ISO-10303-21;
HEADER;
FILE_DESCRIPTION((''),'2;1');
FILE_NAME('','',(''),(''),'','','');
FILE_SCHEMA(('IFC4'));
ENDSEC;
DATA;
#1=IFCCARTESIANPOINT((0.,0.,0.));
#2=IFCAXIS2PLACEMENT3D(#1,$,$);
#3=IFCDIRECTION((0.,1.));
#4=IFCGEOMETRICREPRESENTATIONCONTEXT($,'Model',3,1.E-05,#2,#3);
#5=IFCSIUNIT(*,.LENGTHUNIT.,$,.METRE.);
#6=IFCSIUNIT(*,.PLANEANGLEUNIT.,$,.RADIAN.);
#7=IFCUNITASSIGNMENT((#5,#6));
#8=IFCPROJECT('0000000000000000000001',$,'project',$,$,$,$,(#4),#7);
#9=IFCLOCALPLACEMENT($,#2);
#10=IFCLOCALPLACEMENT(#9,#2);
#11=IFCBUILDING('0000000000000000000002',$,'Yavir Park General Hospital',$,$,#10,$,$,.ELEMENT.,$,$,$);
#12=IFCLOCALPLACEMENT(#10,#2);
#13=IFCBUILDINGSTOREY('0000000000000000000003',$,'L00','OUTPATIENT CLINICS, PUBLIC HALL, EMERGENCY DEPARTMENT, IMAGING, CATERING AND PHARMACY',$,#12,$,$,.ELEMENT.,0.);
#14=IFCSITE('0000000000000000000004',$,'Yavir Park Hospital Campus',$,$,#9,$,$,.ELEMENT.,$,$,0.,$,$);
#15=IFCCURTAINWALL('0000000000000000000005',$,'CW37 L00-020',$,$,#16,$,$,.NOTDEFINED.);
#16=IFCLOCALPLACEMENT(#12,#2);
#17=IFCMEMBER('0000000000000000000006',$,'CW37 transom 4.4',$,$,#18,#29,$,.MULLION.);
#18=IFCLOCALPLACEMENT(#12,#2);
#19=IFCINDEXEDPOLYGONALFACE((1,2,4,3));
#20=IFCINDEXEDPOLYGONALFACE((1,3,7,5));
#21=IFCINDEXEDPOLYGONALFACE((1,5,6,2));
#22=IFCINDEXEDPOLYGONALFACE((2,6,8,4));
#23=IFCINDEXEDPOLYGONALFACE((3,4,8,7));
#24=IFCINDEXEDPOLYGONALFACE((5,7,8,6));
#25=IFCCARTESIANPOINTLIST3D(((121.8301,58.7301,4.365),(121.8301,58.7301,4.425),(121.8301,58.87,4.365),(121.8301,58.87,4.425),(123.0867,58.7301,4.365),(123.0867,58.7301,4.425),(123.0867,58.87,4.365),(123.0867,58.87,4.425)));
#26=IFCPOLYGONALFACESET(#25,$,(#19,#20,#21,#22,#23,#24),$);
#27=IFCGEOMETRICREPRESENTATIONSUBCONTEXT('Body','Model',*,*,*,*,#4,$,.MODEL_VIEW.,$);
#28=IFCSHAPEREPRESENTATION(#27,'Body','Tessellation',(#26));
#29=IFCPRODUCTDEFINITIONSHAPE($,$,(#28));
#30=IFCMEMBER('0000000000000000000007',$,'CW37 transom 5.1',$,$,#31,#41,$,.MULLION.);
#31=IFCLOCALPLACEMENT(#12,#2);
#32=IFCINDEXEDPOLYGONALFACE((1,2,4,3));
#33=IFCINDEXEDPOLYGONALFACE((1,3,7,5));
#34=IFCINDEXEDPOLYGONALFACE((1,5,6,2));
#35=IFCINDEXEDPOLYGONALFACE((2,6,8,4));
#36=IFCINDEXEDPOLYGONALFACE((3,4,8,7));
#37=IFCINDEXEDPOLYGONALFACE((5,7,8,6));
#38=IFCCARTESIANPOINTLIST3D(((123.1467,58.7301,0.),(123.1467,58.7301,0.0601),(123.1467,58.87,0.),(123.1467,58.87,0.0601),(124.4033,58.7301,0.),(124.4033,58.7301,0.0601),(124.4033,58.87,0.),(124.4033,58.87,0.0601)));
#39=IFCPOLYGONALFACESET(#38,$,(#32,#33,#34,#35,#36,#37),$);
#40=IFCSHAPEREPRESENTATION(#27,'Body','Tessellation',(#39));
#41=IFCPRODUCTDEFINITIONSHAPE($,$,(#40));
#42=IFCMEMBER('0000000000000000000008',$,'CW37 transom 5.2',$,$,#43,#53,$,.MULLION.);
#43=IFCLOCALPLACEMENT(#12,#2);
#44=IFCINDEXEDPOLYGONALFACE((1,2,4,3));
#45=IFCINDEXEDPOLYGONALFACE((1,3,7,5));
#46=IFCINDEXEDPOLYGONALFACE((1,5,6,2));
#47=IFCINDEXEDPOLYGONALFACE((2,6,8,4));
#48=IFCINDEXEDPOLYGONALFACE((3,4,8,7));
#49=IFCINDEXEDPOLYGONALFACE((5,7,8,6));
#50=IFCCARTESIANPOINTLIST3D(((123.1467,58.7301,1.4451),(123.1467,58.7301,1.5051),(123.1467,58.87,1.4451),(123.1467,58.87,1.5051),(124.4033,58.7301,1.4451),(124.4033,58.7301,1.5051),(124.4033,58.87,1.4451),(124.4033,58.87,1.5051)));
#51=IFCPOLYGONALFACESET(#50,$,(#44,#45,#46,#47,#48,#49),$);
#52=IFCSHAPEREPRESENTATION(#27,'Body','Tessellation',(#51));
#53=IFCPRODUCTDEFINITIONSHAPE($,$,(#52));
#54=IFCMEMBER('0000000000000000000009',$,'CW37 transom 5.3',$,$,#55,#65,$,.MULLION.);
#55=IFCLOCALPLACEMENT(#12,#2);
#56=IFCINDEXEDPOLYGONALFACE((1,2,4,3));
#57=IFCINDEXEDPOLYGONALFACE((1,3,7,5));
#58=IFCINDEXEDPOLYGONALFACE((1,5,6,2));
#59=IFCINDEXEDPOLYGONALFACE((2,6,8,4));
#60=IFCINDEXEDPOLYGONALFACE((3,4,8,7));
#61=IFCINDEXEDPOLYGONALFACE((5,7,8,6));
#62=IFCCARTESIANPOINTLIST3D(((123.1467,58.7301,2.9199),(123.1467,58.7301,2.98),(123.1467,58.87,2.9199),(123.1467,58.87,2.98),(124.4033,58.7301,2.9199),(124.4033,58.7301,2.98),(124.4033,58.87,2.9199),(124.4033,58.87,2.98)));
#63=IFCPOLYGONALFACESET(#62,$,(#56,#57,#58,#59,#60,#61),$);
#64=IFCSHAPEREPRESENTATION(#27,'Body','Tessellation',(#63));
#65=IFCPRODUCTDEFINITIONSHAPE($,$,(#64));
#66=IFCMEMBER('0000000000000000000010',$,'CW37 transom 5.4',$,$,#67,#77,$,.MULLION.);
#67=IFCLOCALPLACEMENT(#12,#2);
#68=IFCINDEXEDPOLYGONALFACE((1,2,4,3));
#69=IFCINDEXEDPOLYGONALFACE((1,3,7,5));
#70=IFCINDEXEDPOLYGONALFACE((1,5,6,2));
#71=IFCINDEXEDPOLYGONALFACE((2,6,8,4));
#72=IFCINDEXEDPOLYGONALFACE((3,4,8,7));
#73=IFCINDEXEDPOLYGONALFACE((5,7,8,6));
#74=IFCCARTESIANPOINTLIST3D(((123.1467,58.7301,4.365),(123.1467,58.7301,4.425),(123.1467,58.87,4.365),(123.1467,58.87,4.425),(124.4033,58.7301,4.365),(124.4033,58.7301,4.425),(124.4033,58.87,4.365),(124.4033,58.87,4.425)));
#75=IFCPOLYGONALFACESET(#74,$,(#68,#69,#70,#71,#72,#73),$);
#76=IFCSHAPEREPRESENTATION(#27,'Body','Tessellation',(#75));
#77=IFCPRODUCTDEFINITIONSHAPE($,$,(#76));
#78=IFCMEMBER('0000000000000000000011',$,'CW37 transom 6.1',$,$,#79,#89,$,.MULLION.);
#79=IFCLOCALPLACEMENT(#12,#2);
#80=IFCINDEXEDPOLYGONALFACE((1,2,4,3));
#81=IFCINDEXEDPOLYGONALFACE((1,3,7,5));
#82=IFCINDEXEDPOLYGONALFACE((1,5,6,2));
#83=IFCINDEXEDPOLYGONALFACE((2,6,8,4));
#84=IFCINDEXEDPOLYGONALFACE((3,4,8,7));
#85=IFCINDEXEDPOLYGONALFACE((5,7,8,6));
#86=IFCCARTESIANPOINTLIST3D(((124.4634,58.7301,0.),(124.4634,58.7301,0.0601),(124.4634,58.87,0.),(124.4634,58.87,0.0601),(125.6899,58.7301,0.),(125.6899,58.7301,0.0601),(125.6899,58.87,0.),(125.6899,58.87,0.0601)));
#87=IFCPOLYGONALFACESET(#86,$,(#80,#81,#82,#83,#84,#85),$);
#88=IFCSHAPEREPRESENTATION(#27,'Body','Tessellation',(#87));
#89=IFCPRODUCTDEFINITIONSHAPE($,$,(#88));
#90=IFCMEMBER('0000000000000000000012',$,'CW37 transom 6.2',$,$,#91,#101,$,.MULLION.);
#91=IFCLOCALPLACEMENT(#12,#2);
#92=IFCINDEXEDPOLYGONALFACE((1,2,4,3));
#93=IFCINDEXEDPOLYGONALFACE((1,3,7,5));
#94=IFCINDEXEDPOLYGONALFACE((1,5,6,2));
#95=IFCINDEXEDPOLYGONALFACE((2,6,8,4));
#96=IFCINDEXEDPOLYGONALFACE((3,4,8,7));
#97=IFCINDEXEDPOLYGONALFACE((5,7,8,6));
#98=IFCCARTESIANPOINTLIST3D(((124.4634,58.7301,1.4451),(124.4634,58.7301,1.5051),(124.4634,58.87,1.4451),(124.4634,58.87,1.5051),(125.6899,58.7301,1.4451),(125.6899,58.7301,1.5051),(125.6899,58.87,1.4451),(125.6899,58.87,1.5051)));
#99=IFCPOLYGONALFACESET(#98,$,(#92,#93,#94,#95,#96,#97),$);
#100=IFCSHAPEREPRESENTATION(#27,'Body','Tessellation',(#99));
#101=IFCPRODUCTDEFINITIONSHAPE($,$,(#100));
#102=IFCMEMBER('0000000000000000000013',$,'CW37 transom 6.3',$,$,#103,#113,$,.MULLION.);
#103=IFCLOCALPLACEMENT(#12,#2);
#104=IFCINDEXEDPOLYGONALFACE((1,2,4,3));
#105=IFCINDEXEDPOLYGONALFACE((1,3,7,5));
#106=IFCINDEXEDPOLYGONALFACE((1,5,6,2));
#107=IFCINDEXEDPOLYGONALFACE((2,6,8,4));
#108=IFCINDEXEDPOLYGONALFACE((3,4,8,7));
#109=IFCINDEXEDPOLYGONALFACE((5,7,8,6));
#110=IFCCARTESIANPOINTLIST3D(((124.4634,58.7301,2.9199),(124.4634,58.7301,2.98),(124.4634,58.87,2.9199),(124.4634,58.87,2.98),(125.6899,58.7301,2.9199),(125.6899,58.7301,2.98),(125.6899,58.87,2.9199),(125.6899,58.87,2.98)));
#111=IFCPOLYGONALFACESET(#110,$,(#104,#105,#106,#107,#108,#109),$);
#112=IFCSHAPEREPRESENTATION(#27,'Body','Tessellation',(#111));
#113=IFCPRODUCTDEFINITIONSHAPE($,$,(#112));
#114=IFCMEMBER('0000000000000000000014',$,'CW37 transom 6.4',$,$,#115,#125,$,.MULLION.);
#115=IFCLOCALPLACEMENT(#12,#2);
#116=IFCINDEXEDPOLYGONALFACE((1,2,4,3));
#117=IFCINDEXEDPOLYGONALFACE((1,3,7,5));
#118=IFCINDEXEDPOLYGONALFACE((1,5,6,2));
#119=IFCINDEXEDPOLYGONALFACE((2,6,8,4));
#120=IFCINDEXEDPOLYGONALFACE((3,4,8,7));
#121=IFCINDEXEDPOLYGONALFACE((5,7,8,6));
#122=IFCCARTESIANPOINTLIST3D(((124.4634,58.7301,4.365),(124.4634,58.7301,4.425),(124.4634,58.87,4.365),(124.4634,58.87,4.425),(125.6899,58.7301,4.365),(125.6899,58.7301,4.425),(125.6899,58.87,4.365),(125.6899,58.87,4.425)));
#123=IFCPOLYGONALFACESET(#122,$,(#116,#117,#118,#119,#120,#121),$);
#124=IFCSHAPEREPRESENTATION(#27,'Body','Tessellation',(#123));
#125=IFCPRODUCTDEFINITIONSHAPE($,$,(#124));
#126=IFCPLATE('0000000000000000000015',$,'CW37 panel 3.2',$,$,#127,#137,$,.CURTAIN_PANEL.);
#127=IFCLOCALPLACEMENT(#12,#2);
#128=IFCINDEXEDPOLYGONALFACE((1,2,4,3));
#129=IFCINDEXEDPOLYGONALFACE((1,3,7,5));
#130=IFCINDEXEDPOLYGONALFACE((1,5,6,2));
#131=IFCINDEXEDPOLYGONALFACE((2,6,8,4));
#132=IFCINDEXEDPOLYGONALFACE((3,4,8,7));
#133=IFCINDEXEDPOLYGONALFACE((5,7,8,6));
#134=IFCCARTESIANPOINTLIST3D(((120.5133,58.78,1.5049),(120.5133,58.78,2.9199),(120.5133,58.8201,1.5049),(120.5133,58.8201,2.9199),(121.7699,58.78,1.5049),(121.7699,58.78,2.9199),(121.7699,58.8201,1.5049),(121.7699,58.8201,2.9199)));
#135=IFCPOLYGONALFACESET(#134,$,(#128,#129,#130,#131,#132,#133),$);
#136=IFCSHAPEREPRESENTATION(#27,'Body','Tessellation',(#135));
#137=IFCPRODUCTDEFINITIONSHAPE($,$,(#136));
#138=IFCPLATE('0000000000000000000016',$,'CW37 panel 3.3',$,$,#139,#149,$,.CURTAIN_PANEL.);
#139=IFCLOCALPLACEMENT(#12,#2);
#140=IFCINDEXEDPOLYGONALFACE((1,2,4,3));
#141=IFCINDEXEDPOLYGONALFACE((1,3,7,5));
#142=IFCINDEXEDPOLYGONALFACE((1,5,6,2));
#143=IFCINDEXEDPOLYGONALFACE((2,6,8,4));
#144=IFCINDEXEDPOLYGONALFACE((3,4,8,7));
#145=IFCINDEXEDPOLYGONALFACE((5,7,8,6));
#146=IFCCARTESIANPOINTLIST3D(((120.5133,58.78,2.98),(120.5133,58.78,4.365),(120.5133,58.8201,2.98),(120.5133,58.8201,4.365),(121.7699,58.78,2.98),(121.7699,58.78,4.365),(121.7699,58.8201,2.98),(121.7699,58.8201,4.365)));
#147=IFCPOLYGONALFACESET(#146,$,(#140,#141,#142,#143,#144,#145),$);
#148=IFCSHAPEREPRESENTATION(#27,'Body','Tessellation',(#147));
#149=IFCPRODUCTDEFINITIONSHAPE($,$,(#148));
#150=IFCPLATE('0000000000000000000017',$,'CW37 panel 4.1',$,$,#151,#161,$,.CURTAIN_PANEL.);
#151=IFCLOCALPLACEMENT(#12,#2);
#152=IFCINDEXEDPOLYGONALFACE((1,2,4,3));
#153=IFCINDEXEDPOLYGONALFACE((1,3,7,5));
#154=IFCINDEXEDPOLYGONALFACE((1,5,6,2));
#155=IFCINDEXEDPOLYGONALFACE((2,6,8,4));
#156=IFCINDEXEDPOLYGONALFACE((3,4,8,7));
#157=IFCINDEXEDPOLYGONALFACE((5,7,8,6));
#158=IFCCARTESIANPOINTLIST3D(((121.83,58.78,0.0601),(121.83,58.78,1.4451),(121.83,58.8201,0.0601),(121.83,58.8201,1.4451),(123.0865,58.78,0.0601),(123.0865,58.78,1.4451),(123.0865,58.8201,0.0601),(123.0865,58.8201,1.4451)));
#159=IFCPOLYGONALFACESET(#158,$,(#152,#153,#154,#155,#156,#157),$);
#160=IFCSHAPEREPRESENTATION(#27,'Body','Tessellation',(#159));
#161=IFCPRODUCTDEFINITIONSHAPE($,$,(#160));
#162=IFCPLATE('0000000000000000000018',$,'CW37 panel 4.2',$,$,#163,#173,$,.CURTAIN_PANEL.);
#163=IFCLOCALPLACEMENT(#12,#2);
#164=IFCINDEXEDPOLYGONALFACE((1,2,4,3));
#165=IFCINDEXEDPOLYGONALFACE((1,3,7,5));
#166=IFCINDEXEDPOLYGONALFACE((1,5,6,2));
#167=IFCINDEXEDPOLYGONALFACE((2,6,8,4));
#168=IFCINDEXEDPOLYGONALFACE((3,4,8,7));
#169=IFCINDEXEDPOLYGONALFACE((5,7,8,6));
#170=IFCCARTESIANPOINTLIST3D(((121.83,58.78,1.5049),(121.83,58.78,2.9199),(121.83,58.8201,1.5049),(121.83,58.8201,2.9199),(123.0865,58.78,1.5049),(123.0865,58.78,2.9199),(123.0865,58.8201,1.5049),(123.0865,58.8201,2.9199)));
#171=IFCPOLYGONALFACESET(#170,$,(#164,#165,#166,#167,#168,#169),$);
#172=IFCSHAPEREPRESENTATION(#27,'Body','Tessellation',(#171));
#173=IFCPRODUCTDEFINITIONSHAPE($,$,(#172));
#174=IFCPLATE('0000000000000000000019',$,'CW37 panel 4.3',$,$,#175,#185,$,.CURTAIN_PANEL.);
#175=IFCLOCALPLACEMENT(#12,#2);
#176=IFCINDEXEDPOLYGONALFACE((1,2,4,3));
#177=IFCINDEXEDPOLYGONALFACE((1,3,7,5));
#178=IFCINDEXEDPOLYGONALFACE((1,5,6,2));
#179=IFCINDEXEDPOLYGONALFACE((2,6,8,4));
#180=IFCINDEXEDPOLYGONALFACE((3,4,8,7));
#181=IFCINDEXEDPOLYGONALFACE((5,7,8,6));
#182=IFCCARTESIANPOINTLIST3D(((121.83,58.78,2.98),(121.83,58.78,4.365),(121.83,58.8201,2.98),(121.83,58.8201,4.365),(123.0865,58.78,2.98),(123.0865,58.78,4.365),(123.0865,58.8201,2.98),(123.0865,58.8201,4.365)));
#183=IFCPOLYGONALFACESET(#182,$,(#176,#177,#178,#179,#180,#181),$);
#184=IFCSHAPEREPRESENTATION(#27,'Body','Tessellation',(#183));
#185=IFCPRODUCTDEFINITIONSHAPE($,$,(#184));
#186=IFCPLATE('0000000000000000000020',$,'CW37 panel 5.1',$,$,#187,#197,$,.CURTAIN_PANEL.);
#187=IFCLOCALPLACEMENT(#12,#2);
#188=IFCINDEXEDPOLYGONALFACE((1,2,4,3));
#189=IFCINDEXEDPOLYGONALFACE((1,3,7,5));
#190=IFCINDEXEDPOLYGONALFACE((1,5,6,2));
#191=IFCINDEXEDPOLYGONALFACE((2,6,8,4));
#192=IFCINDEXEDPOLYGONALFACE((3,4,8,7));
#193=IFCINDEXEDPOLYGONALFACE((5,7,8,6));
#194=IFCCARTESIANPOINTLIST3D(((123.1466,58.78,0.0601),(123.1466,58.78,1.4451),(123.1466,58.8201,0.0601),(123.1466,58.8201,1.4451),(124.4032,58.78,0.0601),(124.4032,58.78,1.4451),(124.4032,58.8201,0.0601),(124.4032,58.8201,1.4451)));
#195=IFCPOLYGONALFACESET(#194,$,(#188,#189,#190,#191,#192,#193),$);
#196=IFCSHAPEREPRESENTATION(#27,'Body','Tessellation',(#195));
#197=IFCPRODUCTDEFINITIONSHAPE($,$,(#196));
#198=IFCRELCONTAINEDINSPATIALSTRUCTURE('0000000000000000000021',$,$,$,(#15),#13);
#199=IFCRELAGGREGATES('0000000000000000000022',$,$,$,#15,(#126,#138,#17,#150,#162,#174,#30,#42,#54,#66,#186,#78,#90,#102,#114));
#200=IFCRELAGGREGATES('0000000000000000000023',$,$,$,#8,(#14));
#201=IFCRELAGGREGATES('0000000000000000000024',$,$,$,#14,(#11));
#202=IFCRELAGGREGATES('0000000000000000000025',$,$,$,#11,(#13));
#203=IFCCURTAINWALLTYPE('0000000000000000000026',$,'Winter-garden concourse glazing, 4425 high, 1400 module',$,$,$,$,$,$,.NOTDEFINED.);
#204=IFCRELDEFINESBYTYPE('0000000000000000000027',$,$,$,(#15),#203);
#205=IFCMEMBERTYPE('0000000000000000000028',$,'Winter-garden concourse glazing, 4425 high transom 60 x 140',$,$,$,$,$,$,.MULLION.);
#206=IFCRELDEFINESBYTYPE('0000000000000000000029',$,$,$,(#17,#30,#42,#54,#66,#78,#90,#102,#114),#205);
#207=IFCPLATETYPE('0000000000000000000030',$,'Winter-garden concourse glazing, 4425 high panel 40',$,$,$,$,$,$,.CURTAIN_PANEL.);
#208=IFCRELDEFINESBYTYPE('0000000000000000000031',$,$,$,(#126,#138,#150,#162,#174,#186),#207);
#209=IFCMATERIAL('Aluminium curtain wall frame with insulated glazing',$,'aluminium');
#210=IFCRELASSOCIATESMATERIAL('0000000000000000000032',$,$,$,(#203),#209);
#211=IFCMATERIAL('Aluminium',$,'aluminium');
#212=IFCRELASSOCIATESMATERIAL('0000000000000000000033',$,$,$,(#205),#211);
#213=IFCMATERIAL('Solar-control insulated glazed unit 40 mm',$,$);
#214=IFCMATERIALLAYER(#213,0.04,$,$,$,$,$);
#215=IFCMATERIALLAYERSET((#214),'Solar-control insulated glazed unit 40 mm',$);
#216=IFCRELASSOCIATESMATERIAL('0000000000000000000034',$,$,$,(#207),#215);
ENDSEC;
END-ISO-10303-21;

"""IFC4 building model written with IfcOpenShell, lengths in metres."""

from ifc_helpers import new_model, si_unit, direction, frame, origin, origin_2d, place, context, subcontext, project, spatial, rectangle, extrude, material, layer, layer_set, material_profile, profile_set, type_object, element, aggregate, save


model = new_model("IFC4")

# Units and contexts
model_context = context("Model", 3, precision=1e-05, world=origin(), true_north=direction((0.0, 1.0)))
body_context = subcontext(model_context, "Body", "Model", "MODEL_VIEW")
ifc_project = project(units=[si_unit("LENGTHUNIT", "METRE"), si_unit("PLANEANGLEUNIT", "RADIAN")], contexts=[model_context])

# Site, building, storey
site_placement = place(None, origin())
site = spatial("IfcSite", under=ifc_project, at=site_placement, Name="Yavir Park Hospital Campus", CompositionType="ELEMENT", RefElevation=0.0)
building_placement = place(site_placement, origin())
building = spatial("IfcBuilding", under=site, at=building_placement, Name="Yavir Park General Hospital", CompositionType="ELEMENT")
storey_placement = place(building_placement, origin())
storey = spatial("IfcBuildingStorey", under=building, at=storey_placement, Name="L00", Description="OUTPATIENT CLINICS, PUBLIC HALL, EMERGENCY DEPARTMENT, IMAGING, CATERING AND PHARMACY", CompositionType="ELEMENT", Elevation=0.0)

# Curtain wall, members, plates
ifc_material_1 = material(Name="Aluminium curtain wall frame with insulated glazing", Category="aluminium")
curtain_wall_type = type_object("IfcCurtainWallType", Name="Winter-garden concourse glazing, 4425 high, 1400 module", PredefinedType="NOTDEFINED", material=ifc_material_1)
curtain_wall_placement = place(storey_placement, origin())
curtain_wall = element("IfcCurtainWall", 1, at=curtain_wall_placement, inside=storey, type_object=curtain_wall_type, Name="CW37 L00-020", PredefinedType="NOTDEFINED")
ifc_material_2 = material(Name="Aluminium", Category="aluminium")
ifc_material_profile_1 = material_profile(ifc_material_2, rectangle(XDim=0.1399, YDim=0.0601, at=origin_2d()), Name="AL 140x60")
ifc_profile_set_1 = profile_set([ifc_material_profile_1], Name="Aluminium")
member_type_1 = type_object("IfcMemberType", Name="Winter-garden concourse glazing, 4425 high transom 60 x 140", PredefinedType="MULLION", material=ifc_profile_set_1)
member_1_placement = place(storey_placement, frame((121.8301, 58.8, 4.395), z_axis=(1.0, 0.0, 0.0), x_axis=(0.0, 1.0, 0.0)))
member_1 = element("IfcMember", 2, at=member_1_placement, type_object=member_type_1, Name="CW37 transom 4.4", PredefinedType="MULLION", context=body_context, shape_type="SweptSolid", body=[
    extrude(rectangle(XDim=0.1399, YDim=0.0601, at=origin_2d()), origin(), (0.0, 0.0, 1.0), 1.2566),
])
member_2_placement = place(storey_placement, frame((123.1467, 58.8, 0.03), z_axis=(1.0, 0.0, 0.0), x_axis=(0.0, 1.0, 0.0)))
member_2 = element("IfcMember", 3, at=member_2_placement, type_object=member_type_1, Name="CW37 transom 5.1", PredefinedType="MULLION", context=body_context, shape_type="SweptSolid", body=[
    extrude(rectangle(XDim=0.1399, YDim=0.0601, at=origin_2d()), origin(), (0.0, 0.0, 1.0), 1.2566),
])
member_3_placement = place(storey_placement, frame((123.1467, 58.8, 1.4751), z_axis=(1.0, 0.0, 0.0), x_axis=(0.0, 1.0, 0.0)))
member_3 = element("IfcMember", 4, at=member_3_placement, type_object=member_type_1, Name="CW37 transom 5.2", PredefinedType="MULLION", context=body_context, shape_type="SweptSolid", body=[
    extrude(rectangle(XDim=0.1399, YDim=0.0601, at=origin_2d()), origin(), (0.0, 0.0, 1.0), 1.2566),
])
member_4_placement = place(storey_placement, frame((123.1467, 58.8, 2.95), z_axis=(1.0, 0.0, 0.0), x_axis=(0.0, 1.0, 0.0)))
member_4 = element("IfcMember", 5, at=member_4_placement, type_object=member_type_1, Name="CW37 transom 5.3", PredefinedType="MULLION", context=body_context, shape_type="SweptSolid", body=[
    extrude(rectangle(XDim=0.1399, YDim=0.0601, at=origin_2d()), origin(), (0.0, 0.0, 1.0), 1.2566),
])
member_5_placement = place(storey_placement, frame((123.1467, 58.8, 4.395), z_axis=(1.0, 0.0, 0.0), x_axis=(0.0, 1.0, 0.0)))
member_5 = element("IfcMember", 6, at=member_5_placement, type_object=member_type_1, Name="CW37 transom 5.4", PredefinedType="MULLION", context=body_context, shape_type="SweptSolid", body=[
    extrude(rectangle(XDim=0.1399, YDim=0.0601, at=origin_2d()), origin(), (0.0, 0.0, 1.0), 1.2566),
])
member_6_placement = place(storey_placement, frame((124.4634, 58.8, 0.03), z_axis=(1.0, 0.0, 0.0), x_axis=(0.0, 1.0, 0.0)))
member_6 = element("IfcMember", 7, at=member_6_placement, type_object=member_type_1, Name="CW37 transom 6.1", PredefinedType="MULLION", context=body_context, shape_type="SweptSolid", body=[
    extrude(rectangle(XDim=0.1399, YDim=0.0601, at=origin_2d()), origin(), (0.0, 0.0, 1.0), 1.2266),
])
member_7_placement = place(storey_placement, frame((124.4634, 58.8, 1.4751), z_axis=(1.0, 0.0, 0.0), x_axis=(0.0, 1.0, 0.0)))
member_7 = element("IfcMember", 8, at=member_7_placement, type_object=member_type_1, Name="CW37 transom 6.2", PredefinedType="MULLION", context=body_context, shape_type="SweptSolid", body=[
    extrude(rectangle(XDim=0.1399, YDim=0.0601, at=origin_2d()), origin(), (0.0, 0.0, 1.0), 1.2266),
])
member_8_placement = place(storey_placement, frame((124.4634, 58.8, 2.95), z_axis=(1.0, 0.0, 0.0), x_axis=(0.0, 1.0, 0.0)))
member_8 = element("IfcMember", 9, at=member_8_placement, type_object=member_type_1, Name="CW37 transom 6.3", PredefinedType="MULLION", context=body_context, shape_type="SweptSolid", body=[
    extrude(rectangle(XDim=0.1399, YDim=0.0601, at=origin_2d()), origin(), (0.0, 0.0, 1.0), 1.2266),
])
member_9_placement = place(storey_placement, frame((124.4634, 58.8, 4.395), z_axis=(1.0, 0.0, 0.0), x_axis=(0.0, 1.0, 0.0)))
member_9 = element("IfcMember", 10, at=member_9_placement, type_object=member_type_1, Name="CW37 transom 6.4", PredefinedType="MULLION", context=body_context, shape_type="SweptSolid", body=[
    extrude(rectangle(XDim=0.1399, YDim=0.0601, at=origin_2d()), origin(), (0.0, 0.0, 1.0), 1.2266),
])
ifc_material_3 = material(Name="Solar-control insulated glazed unit 40 mm")
ifc_layer = layer(ifc_material_3, 0.04)
ifc_layer_set = layer_set([ifc_layer], Name="Solar-control insulated glazed unit 40 mm")
plate_type = type_object("IfcPlateType", Name="Winter-garden concourse glazing, 4425 high panel 40", PredefinedType="CURTAIN_PANEL", material=ifc_layer_set)
plate_1_placement = place(storey_placement, frame((121.1416, 58.8, 1.5049), z_axis=(0.0, 0.0, 1.0), x_axis=(1.0, 0.0, 0.0)))
plate_1 = element("IfcPlate", 11, at=plate_1_placement, type_object=plate_type, Name="CW37 panel 3.2", PredefinedType="CURTAIN_PANEL", context=body_context, shape_type="SweptSolid", body=[
    extrude(rectangle(XDim=1.2566, YDim=0.04, at=origin_2d()), origin(), (0.0, 0.0, 1.0), 1.415),
])
plate_2_placement = place(storey_placement, frame((121.1416, 58.8, 2.98), z_axis=(0.0, 0.0, 1.0), x_axis=(1.0, 0.0, 0.0)))
plate_2 = element("IfcPlate", 12, at=plate_2_placement, type_object=plate_type, Name="CW37 panel 3.3", PredefinedType="CURTAIN_PANEL", context=body_context, shape_type="SweptSolid", body=[
    extrude(rectangle(XDim=1.2566, YDim=0.04, at=origin_2d()), origin(), (0.0, 0.0, 1.0), 1.385),
])
plate_3_placement = place(storey_placement, frame((122.4583, 58.8, 0.0601), z_axis=(0.0, 0.0, 1.0), x_axis=(1.0, 0.0, 0.0)))
plate_3 = element("IfcPlate", 13, at=plate_3_placement, type_object=plate_type, Name="CW37 panel 4.1", PredefinedType="CURTAIN_PANEL", context=body_context, shape_type="SweptSolid", body=[
    extrude(rectangle(XDim=1.2566, YDim=0.04, at=origin_2d()), origin(), (0.0, 0.0, 1.0), 1.385),
])
plate_4_placement = place(storey_placement, frame((122.4583, 58.8, 1.5049), z_axis=(0.0, 0.0, 1.0), x_axis=(1.0, 0.0, 0.0)))
plate_4 = element("IfcPlate", 14, at=plate_4_placement, type_object=plate_type, Name="CW37 panel 4.2", PredefinedType="CURTAIN_PANEL", context=body_context, shape_type="SweptSolid", body=[
    extrude(rectangle(XDim=1.2566, YDim=0.04, at=origin_2d()), origin(), (0.0, 0.0, 1.0), 1.415),
])
plate_5_placement = place(storey_placement, frame((122.4583, 58.8, 2.98), z_axis=(0.0, 0.0, 1.0), x_axis=(1.0, 0.0, 0.0)))
plate_5 = element("IfcPlate", 15, at=plate_5_placement, type_object=plate_type, Name="CW37 panel 4.3", PredefinedType="CURTAIN_PANEL", context=body_context, shape_type="SweptSolid", body=[
    extrude(rectangle(XDim=1.2566, YDim=0.04, at=origin_2d()), origin(), (0.0, 0.0, 1.0), 1.385),
])
plate_6_placement = place(storey_placement, frame((123.7749, 58.8, 0.0601), z_axis=(0.0, 0.0, 1.0), x_axis=(1.0, 0.0, 0.0)))
plate_6 = element("IfcPlate", 16, at=plate_6_placement, type_object=plate_type, Name="CW37 panel 5.1", PredefinedType="CURTAIN_PANEL", context=body_context, shape_type="SweptSolid", body=[
    extrude(rectangle(XDim=1.2566, YDim=0.04, at=origin_2d()), origin(), (0.0, 0.0, 1.0), 1.385),
])
aggregate(curtain_wall, [plate_1, plate_2, member_1, plate_3, plate_4, plate_5, member_2, member_3, member_4, member_5, plate_6, member_6, member_7, member_8, member_9])

save(model, "model.ifc")
